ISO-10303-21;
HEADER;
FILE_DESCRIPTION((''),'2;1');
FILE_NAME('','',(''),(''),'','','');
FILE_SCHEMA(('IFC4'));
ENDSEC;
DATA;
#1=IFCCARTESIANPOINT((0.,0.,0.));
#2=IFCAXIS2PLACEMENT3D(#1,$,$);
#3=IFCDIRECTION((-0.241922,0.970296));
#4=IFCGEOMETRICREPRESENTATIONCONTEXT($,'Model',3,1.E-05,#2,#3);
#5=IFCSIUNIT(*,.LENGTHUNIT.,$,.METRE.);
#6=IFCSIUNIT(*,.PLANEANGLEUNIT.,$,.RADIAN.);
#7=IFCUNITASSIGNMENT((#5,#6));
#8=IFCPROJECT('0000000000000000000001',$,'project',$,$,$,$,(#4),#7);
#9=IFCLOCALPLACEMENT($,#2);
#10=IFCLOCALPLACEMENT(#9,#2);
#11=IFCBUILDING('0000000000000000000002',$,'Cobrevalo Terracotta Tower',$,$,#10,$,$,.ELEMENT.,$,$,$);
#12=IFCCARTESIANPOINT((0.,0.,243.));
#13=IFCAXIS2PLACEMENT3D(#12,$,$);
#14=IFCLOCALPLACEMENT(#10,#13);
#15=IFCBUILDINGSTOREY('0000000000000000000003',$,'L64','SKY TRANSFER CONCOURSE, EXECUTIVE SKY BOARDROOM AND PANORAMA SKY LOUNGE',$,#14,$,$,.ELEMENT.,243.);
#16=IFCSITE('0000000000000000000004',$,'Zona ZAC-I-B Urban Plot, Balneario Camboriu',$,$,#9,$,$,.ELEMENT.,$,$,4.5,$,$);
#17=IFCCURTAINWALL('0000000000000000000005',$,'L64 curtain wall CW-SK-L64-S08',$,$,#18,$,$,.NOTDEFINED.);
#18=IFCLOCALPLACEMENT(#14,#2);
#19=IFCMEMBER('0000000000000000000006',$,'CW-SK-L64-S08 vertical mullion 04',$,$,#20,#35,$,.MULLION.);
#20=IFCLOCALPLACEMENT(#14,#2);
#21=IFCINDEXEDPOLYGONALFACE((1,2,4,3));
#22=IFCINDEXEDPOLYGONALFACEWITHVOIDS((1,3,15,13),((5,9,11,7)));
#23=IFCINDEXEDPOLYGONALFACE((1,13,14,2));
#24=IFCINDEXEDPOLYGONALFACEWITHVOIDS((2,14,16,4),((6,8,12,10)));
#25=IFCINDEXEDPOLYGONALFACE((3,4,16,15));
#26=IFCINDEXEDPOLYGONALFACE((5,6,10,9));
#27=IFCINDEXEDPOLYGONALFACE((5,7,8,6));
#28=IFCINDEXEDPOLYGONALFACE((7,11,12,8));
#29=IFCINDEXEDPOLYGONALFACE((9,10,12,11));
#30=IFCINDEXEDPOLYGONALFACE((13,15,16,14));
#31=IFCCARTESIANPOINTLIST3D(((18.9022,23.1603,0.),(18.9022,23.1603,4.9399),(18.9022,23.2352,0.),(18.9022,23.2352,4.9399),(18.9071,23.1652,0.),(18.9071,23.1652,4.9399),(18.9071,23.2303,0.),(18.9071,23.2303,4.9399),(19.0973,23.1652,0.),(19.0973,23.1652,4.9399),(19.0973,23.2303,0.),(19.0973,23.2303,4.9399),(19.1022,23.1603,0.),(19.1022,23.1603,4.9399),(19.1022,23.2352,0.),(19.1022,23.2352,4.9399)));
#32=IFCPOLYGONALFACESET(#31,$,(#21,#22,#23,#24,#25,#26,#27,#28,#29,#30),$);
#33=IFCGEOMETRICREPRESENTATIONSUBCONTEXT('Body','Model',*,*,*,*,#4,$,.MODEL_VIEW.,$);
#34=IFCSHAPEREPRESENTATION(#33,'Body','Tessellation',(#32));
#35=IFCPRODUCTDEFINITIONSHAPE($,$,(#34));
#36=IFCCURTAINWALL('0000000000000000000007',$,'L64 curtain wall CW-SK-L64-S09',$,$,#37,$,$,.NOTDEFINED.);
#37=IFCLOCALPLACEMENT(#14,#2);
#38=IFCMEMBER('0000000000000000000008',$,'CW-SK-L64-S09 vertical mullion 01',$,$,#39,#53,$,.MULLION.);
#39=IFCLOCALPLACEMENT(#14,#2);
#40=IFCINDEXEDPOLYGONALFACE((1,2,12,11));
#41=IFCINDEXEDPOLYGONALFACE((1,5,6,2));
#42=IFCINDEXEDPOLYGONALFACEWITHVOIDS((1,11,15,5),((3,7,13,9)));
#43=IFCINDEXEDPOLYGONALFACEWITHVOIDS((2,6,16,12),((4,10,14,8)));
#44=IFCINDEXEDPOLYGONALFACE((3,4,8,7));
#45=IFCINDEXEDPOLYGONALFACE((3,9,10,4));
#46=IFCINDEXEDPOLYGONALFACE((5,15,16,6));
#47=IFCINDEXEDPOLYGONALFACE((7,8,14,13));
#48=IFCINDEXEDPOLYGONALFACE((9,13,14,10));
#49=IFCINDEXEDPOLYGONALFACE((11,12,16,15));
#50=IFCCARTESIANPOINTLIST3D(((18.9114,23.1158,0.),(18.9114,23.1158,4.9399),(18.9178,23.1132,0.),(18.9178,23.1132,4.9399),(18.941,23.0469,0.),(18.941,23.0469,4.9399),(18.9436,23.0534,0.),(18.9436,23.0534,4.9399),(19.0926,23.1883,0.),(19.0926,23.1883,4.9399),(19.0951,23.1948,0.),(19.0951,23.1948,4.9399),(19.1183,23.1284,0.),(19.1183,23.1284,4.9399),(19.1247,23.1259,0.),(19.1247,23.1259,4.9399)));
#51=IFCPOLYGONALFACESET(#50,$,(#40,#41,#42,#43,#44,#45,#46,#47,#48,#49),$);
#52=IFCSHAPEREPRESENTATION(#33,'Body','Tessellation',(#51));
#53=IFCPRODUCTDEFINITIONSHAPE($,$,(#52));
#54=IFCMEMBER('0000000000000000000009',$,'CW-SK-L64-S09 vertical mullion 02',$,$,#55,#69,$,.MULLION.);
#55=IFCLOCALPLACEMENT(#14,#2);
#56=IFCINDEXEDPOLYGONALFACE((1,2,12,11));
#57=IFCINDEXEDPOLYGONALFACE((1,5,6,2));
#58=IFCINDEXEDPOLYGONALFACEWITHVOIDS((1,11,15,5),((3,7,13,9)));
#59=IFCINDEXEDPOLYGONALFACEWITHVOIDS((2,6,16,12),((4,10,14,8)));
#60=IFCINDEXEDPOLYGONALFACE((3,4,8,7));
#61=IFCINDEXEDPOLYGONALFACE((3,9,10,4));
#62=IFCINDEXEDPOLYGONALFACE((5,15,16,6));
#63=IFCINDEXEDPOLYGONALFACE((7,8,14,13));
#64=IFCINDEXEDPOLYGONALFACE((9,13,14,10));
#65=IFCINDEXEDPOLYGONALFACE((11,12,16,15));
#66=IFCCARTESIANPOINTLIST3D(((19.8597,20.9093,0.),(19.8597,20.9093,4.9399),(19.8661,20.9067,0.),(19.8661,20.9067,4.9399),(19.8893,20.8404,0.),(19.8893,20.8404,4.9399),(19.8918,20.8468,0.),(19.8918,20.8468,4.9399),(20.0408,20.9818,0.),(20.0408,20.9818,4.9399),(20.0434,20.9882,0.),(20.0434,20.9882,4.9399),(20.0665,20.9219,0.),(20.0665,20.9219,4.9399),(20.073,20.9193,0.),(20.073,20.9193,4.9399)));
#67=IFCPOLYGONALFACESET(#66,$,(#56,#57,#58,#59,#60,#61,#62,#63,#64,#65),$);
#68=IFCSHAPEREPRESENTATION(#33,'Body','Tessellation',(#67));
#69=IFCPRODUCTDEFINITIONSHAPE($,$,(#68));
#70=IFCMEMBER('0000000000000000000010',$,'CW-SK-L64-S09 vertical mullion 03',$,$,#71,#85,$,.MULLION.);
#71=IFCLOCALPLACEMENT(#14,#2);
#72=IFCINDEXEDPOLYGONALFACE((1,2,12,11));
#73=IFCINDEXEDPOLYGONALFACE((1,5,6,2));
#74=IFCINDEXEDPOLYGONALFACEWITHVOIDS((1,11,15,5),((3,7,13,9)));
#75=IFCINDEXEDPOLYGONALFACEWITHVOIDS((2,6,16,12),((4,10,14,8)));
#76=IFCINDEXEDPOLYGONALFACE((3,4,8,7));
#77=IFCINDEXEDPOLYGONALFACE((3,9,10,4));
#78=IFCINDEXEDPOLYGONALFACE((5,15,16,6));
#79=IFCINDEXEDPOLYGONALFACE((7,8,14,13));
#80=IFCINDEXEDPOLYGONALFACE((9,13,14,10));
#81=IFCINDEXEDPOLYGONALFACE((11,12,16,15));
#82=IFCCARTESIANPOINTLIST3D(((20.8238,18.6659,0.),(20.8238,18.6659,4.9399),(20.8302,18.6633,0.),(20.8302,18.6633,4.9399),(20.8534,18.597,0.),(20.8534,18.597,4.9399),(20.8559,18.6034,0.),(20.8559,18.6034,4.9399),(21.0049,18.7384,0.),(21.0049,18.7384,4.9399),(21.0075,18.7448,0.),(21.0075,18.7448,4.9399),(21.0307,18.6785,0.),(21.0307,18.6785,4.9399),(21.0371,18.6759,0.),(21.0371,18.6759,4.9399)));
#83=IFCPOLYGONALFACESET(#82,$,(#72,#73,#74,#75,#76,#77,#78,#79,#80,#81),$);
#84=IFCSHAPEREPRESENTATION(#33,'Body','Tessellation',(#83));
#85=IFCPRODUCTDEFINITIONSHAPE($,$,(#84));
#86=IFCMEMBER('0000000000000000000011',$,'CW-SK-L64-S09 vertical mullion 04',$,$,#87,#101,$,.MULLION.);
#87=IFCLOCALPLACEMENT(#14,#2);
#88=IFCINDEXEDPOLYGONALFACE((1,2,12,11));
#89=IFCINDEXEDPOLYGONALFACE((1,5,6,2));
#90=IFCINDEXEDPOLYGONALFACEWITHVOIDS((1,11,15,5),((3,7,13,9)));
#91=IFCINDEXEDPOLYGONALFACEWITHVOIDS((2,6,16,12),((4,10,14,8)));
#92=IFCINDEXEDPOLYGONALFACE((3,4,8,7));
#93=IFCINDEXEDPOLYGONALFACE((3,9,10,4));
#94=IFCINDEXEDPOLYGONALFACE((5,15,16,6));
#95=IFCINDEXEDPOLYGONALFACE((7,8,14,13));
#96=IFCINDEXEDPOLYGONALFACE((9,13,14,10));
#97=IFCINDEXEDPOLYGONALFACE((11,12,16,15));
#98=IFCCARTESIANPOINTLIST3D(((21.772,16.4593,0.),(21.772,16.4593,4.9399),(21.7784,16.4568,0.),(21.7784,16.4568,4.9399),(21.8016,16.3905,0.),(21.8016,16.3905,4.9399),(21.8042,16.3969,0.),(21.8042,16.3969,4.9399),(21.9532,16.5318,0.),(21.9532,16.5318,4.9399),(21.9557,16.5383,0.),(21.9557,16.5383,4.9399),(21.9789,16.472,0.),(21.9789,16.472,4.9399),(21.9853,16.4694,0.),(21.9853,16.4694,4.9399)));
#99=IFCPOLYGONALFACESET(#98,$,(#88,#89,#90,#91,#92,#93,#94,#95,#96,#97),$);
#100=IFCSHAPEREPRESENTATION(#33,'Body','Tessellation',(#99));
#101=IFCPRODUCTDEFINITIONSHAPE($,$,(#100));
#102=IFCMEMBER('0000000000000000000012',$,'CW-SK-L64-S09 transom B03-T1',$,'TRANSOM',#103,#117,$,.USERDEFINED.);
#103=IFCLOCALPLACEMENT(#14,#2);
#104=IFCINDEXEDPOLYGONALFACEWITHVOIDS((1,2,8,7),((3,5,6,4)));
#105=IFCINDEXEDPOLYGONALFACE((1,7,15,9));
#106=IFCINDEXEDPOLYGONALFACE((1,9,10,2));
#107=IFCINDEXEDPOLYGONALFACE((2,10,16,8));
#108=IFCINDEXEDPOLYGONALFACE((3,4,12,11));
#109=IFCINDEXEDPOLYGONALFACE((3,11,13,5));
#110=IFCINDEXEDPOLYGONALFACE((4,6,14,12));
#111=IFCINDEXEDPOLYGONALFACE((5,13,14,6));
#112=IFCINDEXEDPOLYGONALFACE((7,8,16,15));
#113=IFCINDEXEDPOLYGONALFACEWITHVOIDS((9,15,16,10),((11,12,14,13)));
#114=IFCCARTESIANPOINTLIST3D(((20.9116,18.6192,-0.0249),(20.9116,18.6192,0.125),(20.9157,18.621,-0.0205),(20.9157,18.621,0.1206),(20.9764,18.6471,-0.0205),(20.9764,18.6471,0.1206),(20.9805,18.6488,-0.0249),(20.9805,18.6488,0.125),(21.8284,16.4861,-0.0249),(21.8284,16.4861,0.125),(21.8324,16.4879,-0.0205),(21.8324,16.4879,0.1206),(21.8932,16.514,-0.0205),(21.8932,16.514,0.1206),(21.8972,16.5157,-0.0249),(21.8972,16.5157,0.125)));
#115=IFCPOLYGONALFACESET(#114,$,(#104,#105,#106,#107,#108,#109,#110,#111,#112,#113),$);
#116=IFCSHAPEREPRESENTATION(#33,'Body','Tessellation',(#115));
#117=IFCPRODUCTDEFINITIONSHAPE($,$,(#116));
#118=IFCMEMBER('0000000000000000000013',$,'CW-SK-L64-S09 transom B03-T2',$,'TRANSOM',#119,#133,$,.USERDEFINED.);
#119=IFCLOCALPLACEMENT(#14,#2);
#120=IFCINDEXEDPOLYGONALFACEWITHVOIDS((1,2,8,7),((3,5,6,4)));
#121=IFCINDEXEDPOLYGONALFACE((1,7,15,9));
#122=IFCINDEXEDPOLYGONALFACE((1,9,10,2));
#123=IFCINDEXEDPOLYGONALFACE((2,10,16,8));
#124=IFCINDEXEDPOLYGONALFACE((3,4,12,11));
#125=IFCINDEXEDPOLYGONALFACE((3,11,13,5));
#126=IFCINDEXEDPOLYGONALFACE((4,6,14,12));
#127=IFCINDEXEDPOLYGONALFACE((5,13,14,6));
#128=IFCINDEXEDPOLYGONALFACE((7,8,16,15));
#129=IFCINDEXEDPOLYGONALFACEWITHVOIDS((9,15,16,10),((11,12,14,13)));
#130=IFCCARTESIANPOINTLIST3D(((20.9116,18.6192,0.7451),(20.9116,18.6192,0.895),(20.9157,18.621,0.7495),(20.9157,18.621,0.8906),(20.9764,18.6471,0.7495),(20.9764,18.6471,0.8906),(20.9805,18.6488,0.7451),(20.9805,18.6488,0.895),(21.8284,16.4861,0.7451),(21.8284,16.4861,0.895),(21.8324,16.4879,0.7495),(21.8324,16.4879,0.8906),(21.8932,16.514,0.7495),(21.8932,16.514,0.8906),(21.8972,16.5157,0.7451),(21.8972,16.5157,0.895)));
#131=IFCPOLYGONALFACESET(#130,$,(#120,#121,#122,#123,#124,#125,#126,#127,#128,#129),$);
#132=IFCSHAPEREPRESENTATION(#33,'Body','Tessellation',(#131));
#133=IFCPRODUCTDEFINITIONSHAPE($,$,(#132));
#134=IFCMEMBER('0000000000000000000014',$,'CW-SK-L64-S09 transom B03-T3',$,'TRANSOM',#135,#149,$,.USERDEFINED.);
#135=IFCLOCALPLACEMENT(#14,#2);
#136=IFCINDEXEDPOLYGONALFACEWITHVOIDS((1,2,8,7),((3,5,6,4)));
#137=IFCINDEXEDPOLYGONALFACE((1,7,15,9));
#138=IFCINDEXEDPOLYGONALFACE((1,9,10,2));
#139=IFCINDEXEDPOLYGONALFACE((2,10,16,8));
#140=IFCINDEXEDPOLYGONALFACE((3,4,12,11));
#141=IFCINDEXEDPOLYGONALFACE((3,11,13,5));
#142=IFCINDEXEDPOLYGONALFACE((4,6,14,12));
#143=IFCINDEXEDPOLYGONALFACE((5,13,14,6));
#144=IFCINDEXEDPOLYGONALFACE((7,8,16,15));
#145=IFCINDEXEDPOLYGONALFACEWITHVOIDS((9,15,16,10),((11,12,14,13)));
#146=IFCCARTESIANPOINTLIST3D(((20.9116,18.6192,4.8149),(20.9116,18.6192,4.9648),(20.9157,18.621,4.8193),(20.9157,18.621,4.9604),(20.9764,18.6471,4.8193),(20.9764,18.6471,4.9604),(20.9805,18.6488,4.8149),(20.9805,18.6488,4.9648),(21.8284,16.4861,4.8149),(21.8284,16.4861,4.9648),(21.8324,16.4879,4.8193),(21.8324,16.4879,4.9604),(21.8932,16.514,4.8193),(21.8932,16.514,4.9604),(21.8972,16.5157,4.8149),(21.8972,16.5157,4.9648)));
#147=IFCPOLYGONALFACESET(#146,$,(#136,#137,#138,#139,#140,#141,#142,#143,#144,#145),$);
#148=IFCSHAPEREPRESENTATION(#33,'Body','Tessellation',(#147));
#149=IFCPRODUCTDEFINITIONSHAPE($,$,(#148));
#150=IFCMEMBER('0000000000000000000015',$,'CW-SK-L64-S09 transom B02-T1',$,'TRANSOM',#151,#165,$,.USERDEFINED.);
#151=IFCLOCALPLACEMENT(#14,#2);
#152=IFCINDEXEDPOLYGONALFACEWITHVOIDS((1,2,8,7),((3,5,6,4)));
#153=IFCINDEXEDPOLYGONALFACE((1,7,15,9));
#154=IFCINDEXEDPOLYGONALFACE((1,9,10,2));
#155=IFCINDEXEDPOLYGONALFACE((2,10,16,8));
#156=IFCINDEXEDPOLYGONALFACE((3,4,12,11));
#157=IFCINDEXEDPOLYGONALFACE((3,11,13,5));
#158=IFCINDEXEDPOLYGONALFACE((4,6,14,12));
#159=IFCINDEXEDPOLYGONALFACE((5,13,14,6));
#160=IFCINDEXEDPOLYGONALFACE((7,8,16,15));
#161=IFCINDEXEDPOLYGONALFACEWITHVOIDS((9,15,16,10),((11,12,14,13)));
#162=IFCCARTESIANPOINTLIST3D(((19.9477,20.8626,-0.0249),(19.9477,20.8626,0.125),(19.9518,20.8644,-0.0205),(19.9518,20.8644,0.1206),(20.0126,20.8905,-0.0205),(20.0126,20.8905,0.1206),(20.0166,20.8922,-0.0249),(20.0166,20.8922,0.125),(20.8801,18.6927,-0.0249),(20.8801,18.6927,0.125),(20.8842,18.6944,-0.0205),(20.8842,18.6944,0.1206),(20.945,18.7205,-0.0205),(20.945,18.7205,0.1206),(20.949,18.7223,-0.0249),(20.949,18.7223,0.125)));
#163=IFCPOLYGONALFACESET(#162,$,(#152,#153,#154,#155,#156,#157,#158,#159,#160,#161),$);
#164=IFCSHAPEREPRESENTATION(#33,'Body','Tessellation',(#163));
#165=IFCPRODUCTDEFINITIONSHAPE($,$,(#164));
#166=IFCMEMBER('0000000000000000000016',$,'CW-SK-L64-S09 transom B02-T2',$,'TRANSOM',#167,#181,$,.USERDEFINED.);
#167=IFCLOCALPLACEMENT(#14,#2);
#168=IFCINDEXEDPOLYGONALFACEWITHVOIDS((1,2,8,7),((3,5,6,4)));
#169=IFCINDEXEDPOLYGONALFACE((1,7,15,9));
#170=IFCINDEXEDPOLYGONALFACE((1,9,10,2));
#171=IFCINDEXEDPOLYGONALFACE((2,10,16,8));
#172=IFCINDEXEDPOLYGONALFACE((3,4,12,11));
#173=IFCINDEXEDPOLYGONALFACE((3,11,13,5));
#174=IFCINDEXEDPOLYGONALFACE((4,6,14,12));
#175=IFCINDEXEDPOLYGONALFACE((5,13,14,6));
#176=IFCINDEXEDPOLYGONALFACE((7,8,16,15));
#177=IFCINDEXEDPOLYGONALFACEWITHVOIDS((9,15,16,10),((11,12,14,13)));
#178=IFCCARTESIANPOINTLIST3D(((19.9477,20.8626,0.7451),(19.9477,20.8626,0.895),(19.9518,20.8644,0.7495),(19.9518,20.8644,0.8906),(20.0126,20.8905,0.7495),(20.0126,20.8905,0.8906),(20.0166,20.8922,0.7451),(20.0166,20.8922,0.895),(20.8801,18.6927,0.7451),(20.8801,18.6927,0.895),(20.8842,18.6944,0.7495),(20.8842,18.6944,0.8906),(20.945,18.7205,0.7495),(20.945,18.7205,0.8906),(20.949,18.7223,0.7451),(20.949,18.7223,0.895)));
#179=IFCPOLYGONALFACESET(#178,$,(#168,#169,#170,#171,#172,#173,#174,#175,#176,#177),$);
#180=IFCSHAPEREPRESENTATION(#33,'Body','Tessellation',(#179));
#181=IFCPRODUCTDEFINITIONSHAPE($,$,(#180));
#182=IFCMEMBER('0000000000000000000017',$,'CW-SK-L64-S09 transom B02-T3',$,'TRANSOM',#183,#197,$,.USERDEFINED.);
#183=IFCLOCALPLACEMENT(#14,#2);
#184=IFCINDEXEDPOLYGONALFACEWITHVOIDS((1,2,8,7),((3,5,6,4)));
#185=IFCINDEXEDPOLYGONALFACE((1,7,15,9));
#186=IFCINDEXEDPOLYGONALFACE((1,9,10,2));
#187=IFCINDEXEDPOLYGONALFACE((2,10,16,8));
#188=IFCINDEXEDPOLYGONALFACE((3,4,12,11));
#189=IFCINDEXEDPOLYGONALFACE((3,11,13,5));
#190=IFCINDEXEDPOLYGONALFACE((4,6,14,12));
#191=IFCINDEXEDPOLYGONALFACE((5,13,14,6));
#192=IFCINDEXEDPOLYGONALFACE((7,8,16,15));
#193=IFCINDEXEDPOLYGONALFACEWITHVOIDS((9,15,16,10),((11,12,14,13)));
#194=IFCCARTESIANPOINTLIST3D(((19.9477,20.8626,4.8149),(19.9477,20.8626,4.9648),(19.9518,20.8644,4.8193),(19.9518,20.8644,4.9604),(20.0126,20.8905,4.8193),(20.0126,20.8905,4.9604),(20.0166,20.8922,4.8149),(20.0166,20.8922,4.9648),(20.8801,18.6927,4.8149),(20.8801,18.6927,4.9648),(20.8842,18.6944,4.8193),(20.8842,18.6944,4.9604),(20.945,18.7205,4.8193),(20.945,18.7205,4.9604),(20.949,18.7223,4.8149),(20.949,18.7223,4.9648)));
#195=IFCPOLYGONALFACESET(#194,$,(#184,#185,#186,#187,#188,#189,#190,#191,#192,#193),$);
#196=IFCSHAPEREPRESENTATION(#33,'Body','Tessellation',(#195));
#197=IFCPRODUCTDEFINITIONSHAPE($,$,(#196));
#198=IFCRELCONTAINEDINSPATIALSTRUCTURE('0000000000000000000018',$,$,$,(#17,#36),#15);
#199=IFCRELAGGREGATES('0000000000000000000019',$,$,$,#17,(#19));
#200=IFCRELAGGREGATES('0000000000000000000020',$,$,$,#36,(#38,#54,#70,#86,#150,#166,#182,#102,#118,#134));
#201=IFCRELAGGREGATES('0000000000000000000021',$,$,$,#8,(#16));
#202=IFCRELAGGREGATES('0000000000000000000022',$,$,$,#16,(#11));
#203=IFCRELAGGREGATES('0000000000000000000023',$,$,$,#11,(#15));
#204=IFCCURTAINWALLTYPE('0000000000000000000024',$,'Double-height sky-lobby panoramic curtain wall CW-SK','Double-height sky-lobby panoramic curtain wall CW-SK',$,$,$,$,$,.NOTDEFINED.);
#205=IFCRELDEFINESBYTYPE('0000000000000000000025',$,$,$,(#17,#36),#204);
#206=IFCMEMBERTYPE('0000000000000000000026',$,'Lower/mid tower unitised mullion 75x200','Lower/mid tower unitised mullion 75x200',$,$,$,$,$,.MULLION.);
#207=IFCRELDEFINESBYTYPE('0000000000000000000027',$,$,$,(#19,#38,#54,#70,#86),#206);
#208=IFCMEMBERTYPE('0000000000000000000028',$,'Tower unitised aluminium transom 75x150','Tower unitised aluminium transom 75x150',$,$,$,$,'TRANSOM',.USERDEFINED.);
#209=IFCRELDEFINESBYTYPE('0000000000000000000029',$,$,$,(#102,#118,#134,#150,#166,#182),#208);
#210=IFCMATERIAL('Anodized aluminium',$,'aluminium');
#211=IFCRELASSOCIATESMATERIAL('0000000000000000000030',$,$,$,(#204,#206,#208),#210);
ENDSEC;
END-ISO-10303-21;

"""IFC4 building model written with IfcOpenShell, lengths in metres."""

from ifc_helpers import new_model, si_unit, direction, frame, origin, origin_2d, place, context, subcontext, project, spatial, hollow_rectangle, extrude, source, transform, mapped, material, material_profile, profile_set, type_object, element, aggregate, save


model = new_model("IFC4")

# Units and contexts
model_context = context("Model", 3, precision=1e-05, world=origin(), true_north=direction((-0.241922, 0.970296)))
body_context = subcontext(model_context, "Body", "Model", "MODEL_VIEW")
ifc_project = project(units=[si_unit("LENGTHUNIT", "METRE"), si_unit("PLANEANGLEUNIT", "RADIAN")], contexts=[model_context])

# Site, building, storey
site_placement = place(None, origin())
site = spatial("IfcSite", under=ifc_project, at=site_placement, Name="Zona ZAC-I-B Urban Plot, Balneario Camboriu", CompositionType="ELEMENT", RefElevation=4.5)
building_placement = place(site_placement, origin())
building = spatial("IfcBuilding", under=site, at=building_placement, Name="Cobrevalo Terracotta Tower", CompositionType="ELEMENT")
storey_placement = place(building_placement, frame((0.0, 0.0, 243.0)))
storey = spatial("IfcBuildingStorey", under=building, at=storey_placement, Name="L64", Description="SKY TRANSFER CONCOURSE, EXECUTIVE SKY BOARDROOM AND PANORAMA SKY LOUNGE", CompositionType="ELEMENT", Elevation=243.0)

# Curtain wall, member
ifc_material_1 = material(Name="Anodized aluminium", Category="aluminium")
curtain_wall_type = type_object("IfcCurtainWallType", Name="Double-height sky-lobby panoramic curtain wall CW-SK", Description="Double-height sky-lobby panoramic curtain wall CW-SK", PredefinedType="NOTDEFINED", material=ifc_material_1)
curtain_wall_1_placement = place(storey_placement, origin())
curtain_wall_1 = element("IfcCurtainWall", 1, at=curtain_wall_1_placement, inside=storey, type_object=curtain_wall_type, Name="L64 curtain wall CW-SK-L64-S08", PredefinedType="NOTDEFINED")
ifc_material_profile_1 = material_profile(ifc_material_1, hollow_rectangle(XDim=0.075, YDim=0.2, WallThickness=0.0049, at=origin_2d()), Name="CWM 75x200")
ifc_profile_set_1 = profile_set([ifc_material_profile_1], Name="Anodized aluminium")
member_type_1 = type_object("IfcMemberType", Name="Lower/mid tower unitised mullion 75x200", Description="Lower/mid tower unitised mullion 75x200", PredefinedType="MULLION", material=ifc_profile_set_1)
shared_shape_1 = source(origin(), body_context, "Body", "SweptSolid", [
    extrude(hollow_rectangle(XDim=0.075, YDim=0.2, WallThickness=0.0049, at=origin_2d()), origin(), (0.0, 0.0, 1.0), 4.9399),
])
member_1_placement = place(storey_placement, frame((19.0022, 23.1978, 0.0), z_axis=(0.0, 0.0, 1.0), x_axis=(0.0, -1.0, 0.0)))
member_1 = element("IfcMember", 2, at=member_1_placement, type_object=member_type_1, Name="CW-SK-L64-S08 vertical mullion 04", PredefinedType="MULLION", context=body_context, shape_type="MappedRepresentation", body=[
    mapped(shared_shape_1, transform((0.0, 0.0, 0.0), scale=1.0)),
])
aggregate(curtain_wall_1, [member_1])

# Curtain wall, members
curtain_wall_2_placement = place(storey_placement, origin())
curtain_wall_2 = element("IfcCurtainWall", 3, at=curtain_wall_2_placement, inside=storey, type_object=curtain_wall_type, Name="L64 curtain wall CW-SK-L64-S09", PredefinedType="NOTDEFINED")
member_2_placement = place(storey_placement, frame((19.0181, 23.1208, 0.0), z_axis=(0.0, 0.0, 1.0), x_axis=(0.394824, -0.918757, 0.0)))
member_2 = element("IfcMember", 4, at=member_2_placement, type_object=member_type_1, Name="CW-SK-L64-S09 vertical mullion 01", PredefinedType="MULLION", context=body_context, shape_type="MappedRepresentation", body=[
    mapped(shared_shape_1, transform((0.0, 0.0, 0.0), scale=1.0)),
])
member_3_placement = place(storey_placement, frame((19.9663, 20.9143, 0.0), z_axis=(0.0, 0.0, 1.0), x_axis=(0.394824, -0.918757, 0.0)))
member_3 = element("IfcMember", 5, at=member_3_placement, type_object=member_type_1, Name="CW-SK-L64-S09 vertical mullion 02", PredefinedType="MULLION", context=body_context, shape_type="MappedRepresentation", body=[
    mapped(shared_shape_1, transform((0.0, 0.0, 0.0), scale=1.0)),
])
member_4_placement = place(storey_placement, frame((20.9304, 18.6709, 0.0), z_axis=(0.0, 0.0, 1.0), x_axis=(0.394824, -0.918757, 0.0)))
member_4 = element("IfcMember", 6, at=member_4_placement, type_object=member_type_1, Name="CW-SK-L64-S09 vertical mullion 03", PredefinedType="MULLION", context=body_context, shape_type="MappedRepresentation", body=[
    mapped(shared_shape_1, transform((0.0, 0.0, 0.0), scale=1.0)),
])
member_5_placement = place(storey_placement, frame((21.8787, 16.4644, 0.0), z_axis=(0.0, 0.0, 1.0), x_axis=(0.394824, -0.918757, 0.0)))
member_5 = element("IfcMember", 7, at=member_5_placement, type_object=member_type_1, Name="CW-SK-L64-S09 vertical mullion 04", PredefinedType="MULLION", context=body_context, shape_type="MappedRepresentation", body=[
    mapped(shared_shape_1, transform((0.0, 0.0, 0.0), scale=1.0)),
])
ifc_material_profile_2 = material_profile(ifc_material_1, hollow_rectangle(XDim=0.075, YDim=0.1499, WallThickness=0.0044, at=origin_2d()), Name="CWT 75x150")
ifc_profile_set_2 = profile_set([ifc_material_profile_2], Name="Anodized aluminium")
member_type_2 = type_object("IfcMemberType", Name="Tower unitised aluminium transom 75x150", Description="Tower unitised aluminium transom 75x150", ElementType="TRANSOM", PredefinedType="USERDEFINED", material=ifc_profile_set_2)
shared_shape_2 = source(origin(), body_context, "Body", "SweptSolid", [
    extrude(hollow_rectangle(XDim=0.075, YDim=0.1499, WallThickness=0.0044, at=origin_2d()), origin(), (0.0, 0.0, 1.0), 2.3218),
])
member_6_placement = place(storey_placement, frame((20.946, 18.634, 0.05), z_axis=(0.394858, -0.918742, 0.0), x_axis=(0.918742, 0.394858, 0.0)))
member_6 = element("IfcMember", 8, at=member_6_placement, type_object=member_type_2, Name="CW-SK-L64-S09 transom B03-T1", ObjectType="TRANSOM", PredefinedType="USERDEFINED", context=body_context, shape_type="MappedRepresentation", body=[
    mapped(shared_shape_2, transform((0.0, 0.0, 0.0), scale=1.0)),
])
member_7_placement = place(storey_placement, frame((20.946, 18.634, 0.8201), z_axis=(0.394858, -0.918742, 0.0), x_axis=(0.918742, 0.394858, 0.0)))
member_7 = element("IfcMember", 9, at=member_7_placement, type_object=member_type_2, Name="CW-SK-L64-S09 transom B03-T2", ObjectType="TRANSOM", PredefinedType="USERDEFINED", context=body_context, shape_type="MappedRepresentation", body=[
    mapped(shared_shape_2, transform((0.0, 0.0, 0.0), scale=1.0)),
])
member_8_placement = place(storey_placement, frame((20.946, 18.634, 4.8899), z_axis=(0.394858, -0.918742, 0.0), x_axis=(0.918742, 0.394858, 0.0)))
member_8 = element("IfcMember", 10, at=member_8_placement, type_object=member_type_2, Name="CW-SK-L64-S09 transom B03-T3", ObjectType="TRANSOM", PredefinedType="USERDEFINED", context=body_context, shape_type="MappedRepresentation", body=[
    mapped(shared_shape_2, transform((0.0, 0.0, 0.0), scale=1.0)),
])
shared_shape_3 = source(origin(), body_context, "Body", "SweptSolid", [
    extrude(hollow_rectangle(XDim=0.075, YDim=0.1499, WallThickness=0.0044, at=origin_2d()), origin(), (0.0, 0.0, 1.0), 2.3618),
])
member_9_placement = place(storey_placement, frame((19.9822, 20.8774, 0.05), z_axis=(0.39478, -0.918776, 0.0), x_axis=(0.918776, 0.39478, 0.0)))
member_9 = element("IfcMember", 11, at=member_9_placement, type_object=member_type_2, Name="CW-SK-L64-S09 transom B02-T1", ObjectType="TRANSOM", PredefinedType="USERDEFINED", context=body_context, shape_type="MappedRepresentation", body=[
    mapped(shared_shape_3, transform((0.0, 0.0, 0.0), scale=1.0)),
])
member_10_placement = place(storey_placement, frame((19.9822, 20.8774, 0.8201), z_axis=(0.39478, -0.918776, 0.0), x_axis=(0.918776, 0.39478, 0.0)))
member_10 = element("IfcMember", 12, at=member_10_placement, type_object=member_type_2, Name="CW-SK-L64-S09 transom B02-T2", ObjectType="TRANSOM", PredefinedType="USERDEFINED", context=body_context, shape_type="MappedRepresentation", body=[
    mapped(shared_shape_3, transform((0.0, 0.0, 0.0), scale=1.0)),
])
member_11_placement = place(storey_placement, frame((19.9822, 20.8774, 4.8899), z_axis=(0.39478, -0.918776, 0.0), x_axis=(0.918776, 0.39478, 0.0)))
member_11 = element("IfcMember", 13, at=member_11_placement, type_object=member_type_2, Name="CW-SK-L64-S09 transom B02-T3", ObjectType="TRANSOM", PredefinedType="USERDEFINED", context=body_context, shape_type="MappedRepresentation", body=[
    mapped(shared_shape_3, transform((0.0, 0.0, 0.0), scale=1.0)),
])
aggregate(curtain_wall_2, [member_2, member_3, member_4, member_5, member_9, member_10, member_11, member_6, member_7, member_8])

save(model, "model.ifc")
